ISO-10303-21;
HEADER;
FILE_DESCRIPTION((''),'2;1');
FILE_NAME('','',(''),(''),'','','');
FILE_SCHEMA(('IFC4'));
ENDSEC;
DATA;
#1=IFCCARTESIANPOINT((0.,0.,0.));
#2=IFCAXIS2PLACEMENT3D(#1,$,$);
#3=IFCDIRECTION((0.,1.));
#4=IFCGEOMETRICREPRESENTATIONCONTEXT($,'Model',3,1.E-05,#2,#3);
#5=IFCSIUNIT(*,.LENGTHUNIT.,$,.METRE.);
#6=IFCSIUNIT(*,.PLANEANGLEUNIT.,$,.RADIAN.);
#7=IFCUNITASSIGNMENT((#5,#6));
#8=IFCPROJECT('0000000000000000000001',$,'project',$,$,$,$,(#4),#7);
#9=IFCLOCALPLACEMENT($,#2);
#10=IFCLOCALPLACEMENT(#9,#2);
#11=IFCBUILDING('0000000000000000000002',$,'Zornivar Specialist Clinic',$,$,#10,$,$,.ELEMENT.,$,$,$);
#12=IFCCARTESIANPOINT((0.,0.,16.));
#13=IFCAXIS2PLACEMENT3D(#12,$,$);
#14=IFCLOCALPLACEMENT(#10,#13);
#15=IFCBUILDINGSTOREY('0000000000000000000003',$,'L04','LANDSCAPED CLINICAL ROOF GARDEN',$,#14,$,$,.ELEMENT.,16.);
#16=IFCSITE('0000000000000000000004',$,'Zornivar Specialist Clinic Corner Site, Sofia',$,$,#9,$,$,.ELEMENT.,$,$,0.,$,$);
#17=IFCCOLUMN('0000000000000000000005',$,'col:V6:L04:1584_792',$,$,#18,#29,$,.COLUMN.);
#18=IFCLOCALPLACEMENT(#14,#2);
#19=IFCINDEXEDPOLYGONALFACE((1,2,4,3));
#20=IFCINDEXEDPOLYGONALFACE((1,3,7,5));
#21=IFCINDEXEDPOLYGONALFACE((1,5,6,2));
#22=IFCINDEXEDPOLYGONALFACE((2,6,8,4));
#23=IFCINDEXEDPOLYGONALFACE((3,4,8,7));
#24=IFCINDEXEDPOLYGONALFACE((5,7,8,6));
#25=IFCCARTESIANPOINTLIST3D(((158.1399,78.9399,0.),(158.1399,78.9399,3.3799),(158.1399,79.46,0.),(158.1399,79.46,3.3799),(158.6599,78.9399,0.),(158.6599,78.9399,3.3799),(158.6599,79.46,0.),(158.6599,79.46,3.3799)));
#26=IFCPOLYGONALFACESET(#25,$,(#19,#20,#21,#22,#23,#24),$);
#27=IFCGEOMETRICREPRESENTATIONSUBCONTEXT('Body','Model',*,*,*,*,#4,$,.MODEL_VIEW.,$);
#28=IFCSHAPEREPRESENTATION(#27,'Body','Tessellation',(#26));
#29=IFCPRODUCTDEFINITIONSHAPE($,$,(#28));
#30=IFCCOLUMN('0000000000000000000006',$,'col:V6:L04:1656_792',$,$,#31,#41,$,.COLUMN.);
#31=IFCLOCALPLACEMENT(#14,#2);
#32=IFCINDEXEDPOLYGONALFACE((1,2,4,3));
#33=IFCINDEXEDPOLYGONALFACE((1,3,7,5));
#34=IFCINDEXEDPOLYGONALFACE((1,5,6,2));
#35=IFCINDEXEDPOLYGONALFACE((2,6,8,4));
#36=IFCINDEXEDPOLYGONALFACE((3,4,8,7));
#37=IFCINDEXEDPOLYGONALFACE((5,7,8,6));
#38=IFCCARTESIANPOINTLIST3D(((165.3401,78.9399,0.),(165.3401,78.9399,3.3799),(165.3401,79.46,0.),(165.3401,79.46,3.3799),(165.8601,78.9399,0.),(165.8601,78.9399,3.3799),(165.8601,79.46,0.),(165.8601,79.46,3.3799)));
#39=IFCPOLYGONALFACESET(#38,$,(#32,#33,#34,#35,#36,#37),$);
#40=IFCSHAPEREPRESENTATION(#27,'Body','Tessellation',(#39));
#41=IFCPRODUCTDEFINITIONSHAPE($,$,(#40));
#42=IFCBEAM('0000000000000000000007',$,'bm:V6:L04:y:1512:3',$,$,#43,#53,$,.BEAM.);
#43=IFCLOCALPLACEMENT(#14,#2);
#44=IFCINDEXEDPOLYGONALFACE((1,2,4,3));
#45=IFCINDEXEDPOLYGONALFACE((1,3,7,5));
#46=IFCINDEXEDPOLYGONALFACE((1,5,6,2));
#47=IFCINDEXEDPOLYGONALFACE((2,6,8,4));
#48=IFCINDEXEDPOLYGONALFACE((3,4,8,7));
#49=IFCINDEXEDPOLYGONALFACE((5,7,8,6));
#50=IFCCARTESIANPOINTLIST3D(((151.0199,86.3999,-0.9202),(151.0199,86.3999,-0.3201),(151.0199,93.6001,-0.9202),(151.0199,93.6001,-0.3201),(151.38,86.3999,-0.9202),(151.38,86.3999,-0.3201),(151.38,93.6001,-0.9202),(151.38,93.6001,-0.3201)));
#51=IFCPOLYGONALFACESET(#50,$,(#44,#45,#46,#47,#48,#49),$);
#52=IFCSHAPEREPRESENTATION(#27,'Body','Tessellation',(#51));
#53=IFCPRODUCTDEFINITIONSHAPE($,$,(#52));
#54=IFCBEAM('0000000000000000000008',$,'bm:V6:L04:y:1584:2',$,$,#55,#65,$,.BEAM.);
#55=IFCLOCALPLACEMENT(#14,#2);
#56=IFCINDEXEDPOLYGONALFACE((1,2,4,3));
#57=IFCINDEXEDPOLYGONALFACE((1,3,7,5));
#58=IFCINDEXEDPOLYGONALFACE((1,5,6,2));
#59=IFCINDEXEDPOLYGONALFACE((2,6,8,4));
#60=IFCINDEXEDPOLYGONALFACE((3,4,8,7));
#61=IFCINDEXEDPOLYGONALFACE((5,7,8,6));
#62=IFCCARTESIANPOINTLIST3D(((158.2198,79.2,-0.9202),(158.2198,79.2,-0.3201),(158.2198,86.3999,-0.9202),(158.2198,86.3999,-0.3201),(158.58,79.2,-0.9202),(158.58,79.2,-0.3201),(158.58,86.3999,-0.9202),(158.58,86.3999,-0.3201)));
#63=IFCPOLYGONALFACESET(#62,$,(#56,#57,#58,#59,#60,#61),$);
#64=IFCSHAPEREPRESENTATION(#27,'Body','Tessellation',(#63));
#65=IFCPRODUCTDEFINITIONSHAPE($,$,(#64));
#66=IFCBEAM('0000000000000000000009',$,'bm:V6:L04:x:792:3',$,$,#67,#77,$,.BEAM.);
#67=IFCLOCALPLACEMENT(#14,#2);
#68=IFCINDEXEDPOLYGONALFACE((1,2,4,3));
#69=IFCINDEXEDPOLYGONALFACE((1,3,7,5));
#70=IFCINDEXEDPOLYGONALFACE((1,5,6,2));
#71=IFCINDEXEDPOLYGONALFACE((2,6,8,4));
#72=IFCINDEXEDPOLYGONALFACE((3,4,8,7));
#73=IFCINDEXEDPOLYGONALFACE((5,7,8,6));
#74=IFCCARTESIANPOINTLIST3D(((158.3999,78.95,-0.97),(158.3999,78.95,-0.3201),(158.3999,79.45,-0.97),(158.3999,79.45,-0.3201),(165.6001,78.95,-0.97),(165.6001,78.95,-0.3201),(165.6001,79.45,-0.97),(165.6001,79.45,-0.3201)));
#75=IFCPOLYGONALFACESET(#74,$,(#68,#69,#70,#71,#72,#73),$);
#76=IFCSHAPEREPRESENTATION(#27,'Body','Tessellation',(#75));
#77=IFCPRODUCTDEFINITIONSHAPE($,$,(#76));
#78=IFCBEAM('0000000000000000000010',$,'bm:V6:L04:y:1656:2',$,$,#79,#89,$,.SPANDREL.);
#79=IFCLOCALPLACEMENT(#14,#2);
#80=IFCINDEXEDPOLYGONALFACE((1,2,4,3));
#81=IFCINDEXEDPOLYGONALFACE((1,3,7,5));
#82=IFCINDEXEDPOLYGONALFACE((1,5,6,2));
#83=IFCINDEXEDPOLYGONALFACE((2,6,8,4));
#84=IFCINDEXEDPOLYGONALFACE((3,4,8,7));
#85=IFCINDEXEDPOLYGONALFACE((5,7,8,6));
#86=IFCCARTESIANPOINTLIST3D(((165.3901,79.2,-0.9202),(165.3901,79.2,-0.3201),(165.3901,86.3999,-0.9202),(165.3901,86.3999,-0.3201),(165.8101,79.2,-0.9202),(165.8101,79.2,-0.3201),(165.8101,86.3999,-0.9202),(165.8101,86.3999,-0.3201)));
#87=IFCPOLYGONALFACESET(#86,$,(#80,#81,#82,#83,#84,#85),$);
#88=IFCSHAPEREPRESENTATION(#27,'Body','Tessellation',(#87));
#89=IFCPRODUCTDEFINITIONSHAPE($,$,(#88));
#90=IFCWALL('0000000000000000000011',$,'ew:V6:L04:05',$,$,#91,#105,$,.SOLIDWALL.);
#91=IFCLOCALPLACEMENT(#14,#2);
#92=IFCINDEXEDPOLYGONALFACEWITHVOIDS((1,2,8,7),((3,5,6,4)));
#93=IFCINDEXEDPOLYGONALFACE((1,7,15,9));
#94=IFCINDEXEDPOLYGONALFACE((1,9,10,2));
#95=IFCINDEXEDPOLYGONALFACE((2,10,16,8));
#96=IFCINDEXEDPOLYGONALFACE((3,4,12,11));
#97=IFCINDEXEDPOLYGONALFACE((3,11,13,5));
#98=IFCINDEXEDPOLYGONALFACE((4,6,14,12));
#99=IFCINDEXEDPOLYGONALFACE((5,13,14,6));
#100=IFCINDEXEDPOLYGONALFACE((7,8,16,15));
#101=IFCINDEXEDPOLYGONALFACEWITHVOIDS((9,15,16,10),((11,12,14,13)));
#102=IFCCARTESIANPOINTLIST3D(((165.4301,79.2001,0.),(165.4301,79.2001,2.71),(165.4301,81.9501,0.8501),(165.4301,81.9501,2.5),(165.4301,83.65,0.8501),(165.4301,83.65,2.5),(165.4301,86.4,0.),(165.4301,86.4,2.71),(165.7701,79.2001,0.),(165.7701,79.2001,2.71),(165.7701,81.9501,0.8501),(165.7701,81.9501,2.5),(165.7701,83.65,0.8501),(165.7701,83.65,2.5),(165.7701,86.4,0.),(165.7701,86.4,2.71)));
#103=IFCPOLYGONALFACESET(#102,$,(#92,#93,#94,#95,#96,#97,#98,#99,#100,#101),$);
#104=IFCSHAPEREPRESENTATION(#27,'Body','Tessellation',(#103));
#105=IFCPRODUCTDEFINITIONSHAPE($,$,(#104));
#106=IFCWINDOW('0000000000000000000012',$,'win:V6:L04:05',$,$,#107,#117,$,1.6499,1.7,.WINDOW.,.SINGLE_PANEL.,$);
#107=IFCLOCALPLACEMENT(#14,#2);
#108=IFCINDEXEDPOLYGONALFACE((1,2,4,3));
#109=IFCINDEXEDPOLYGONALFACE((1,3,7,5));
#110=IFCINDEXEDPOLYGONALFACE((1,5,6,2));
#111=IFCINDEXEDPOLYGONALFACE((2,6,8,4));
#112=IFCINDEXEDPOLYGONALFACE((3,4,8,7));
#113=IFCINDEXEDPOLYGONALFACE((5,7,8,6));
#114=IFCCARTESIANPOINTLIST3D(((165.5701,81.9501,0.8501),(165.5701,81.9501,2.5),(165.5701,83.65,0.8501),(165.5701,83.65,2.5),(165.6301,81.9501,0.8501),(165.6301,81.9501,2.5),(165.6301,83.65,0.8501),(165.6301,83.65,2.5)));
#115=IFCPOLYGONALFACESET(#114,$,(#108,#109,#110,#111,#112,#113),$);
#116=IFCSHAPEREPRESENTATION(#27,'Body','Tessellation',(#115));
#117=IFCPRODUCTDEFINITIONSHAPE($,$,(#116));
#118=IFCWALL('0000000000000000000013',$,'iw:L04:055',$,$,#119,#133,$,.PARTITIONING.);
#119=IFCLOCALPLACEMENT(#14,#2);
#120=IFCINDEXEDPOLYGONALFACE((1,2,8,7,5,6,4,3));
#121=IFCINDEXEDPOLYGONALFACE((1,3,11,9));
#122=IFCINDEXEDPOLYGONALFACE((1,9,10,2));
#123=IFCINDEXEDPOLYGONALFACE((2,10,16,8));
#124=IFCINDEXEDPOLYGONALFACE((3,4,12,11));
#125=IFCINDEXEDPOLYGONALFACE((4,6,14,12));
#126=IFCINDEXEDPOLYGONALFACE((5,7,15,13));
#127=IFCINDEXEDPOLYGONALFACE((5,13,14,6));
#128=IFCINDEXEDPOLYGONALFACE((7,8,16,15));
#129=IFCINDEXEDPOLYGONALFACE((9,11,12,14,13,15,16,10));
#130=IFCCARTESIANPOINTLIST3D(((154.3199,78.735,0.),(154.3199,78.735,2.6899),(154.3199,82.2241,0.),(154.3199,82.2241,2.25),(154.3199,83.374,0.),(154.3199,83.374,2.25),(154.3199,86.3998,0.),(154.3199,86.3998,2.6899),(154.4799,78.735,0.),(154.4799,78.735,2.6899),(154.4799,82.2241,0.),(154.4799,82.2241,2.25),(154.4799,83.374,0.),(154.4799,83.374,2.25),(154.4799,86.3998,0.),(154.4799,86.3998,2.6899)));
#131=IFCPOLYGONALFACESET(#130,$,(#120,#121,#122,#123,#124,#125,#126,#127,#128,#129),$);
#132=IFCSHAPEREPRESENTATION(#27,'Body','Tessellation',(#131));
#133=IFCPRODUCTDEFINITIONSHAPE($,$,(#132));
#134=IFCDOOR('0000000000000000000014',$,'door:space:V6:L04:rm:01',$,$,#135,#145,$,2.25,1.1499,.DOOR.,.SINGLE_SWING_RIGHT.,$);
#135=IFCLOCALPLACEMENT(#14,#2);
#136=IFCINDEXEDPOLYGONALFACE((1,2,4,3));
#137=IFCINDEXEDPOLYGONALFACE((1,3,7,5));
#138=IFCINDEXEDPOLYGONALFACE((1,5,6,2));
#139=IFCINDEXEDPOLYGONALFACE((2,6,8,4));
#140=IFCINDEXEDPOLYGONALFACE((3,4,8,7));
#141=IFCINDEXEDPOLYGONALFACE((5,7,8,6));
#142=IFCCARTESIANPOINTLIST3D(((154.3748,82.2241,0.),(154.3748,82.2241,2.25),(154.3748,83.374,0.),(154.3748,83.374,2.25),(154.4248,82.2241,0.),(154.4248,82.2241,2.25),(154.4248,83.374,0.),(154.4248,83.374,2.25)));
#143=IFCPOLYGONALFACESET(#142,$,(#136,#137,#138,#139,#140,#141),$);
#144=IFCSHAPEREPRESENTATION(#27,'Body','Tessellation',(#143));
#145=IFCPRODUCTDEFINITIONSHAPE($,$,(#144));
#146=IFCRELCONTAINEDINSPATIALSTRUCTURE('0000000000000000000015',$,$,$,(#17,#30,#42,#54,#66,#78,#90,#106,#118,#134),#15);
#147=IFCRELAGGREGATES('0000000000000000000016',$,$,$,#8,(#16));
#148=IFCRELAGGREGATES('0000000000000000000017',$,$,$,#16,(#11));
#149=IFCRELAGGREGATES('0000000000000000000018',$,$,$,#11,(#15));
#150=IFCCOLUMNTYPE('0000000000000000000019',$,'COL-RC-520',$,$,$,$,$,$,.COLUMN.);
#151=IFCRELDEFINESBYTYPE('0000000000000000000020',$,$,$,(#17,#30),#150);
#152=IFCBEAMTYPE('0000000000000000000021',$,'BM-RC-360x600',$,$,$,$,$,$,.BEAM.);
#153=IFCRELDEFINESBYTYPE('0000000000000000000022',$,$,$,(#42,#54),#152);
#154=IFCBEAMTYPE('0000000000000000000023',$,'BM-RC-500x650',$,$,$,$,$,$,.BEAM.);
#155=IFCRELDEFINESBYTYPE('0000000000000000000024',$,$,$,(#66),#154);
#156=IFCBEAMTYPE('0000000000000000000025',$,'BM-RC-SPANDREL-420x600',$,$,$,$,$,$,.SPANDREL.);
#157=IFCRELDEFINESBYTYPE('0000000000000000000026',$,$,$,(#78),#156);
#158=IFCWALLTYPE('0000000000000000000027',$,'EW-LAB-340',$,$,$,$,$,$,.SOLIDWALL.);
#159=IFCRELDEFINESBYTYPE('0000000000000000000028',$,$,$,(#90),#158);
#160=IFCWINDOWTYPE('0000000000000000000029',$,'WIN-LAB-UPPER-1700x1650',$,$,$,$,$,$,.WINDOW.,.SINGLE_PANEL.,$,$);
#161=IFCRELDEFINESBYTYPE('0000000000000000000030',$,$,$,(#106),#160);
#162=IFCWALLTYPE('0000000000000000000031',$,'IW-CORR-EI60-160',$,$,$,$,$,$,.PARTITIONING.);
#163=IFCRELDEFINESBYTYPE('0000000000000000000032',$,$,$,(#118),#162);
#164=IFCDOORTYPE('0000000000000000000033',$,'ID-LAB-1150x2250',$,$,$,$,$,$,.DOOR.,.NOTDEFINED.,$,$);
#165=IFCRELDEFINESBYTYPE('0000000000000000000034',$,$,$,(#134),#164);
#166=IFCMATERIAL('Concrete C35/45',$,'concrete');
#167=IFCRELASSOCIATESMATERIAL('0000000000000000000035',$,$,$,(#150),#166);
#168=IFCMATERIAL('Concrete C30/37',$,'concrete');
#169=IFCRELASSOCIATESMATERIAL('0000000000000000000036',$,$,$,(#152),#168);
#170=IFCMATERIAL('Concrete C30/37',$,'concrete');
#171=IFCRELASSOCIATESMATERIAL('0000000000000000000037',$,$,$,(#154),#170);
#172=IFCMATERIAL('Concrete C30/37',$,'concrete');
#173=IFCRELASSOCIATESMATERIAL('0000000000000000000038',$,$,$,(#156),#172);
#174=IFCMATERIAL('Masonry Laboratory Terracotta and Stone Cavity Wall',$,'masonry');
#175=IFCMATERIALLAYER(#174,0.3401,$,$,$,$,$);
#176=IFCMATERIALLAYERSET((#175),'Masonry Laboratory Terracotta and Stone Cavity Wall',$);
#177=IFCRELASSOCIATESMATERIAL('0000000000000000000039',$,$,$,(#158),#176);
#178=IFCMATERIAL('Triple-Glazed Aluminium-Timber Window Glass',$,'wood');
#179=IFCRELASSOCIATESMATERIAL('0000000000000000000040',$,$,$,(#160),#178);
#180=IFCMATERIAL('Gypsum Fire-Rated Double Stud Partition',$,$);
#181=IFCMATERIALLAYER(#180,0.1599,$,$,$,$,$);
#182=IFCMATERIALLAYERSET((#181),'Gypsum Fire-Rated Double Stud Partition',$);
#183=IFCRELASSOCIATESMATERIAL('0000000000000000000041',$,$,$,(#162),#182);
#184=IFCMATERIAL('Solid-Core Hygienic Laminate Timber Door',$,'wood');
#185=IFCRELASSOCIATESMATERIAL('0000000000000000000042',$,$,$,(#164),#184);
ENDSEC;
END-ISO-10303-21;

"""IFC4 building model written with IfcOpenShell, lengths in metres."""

from ifc_helpers import new_model, si_unit, direction, frame, frame_2d, origin, origin_2d, place, context, subcontext, project, spatial, rectangle, extrude, material, layer, layer_set, material_profile, profile_set, type_object, element, fill, save


model = new_model("IFC4")

# Units and contexts
model_context = context("Model", 3, precision=1e-05, world=origin(), true_north=direction((0.0, 1.0)))
body_context = subcontext(model_context, "Body", "Model", "MODEL_VIEW")
ifc_project = project(units=[si_unit("LENGTHUNIT", "METRE"), si_unit("PLANEANGLEUNIT", "RADIAN")], contexts=[model_context])

# Site, building, storey
site_placement = place(None, origin())
site = spatial("IfcSite", under=ifc_project, at=site_placement, Name="Zornivar Specialist Clinic Corner Site, Sofia", CompositionType="ELEMENT", RefElevation=0.0)
building_placement = place(site_placement, origin())
building = spatial("IfcBuilding", under=site, at=building_placement, Name="Zornivar Specialist Clinic", CompositionType="ELEMENT")
storey_placement = place(building_placement, frame((0.0, 0.0, 16.0)))
storey = spatial("IfcBuildingStorey", under=building, at=storey_placement, Name="L04", Description="LANDSCAPED CLINICAL ROOF GARDEN", CompositionType="ELEMENT", Elevation=16.0)

# Columns
ifc_material_1 = material(Name="Concrete C35/45", Category="concrete")
ifc_material_profile_1 = material_profile(ifc_material_1, rectangle(XDim=0.52, YDim=0.52, at=origin_2d()), Name="RC 520x520")
ifc_profile_set_1 = profile_set([ifc_material_profile_1], Name="Concrete C35/45")
column_type = type_object("IfcColumnType", Name="COL-RC-520", PredefinedType="COLUMN", material=ifc_profile_set_1)
for number, where, z_axis, x_axis, name in (
    (1, (158.3999, 79.2, 0.0), (0.0, 0.0, 1.0), (1.0, 0.0, 0.0), "col:V6:L04:1584_792"),
    (2, (165.6001, 79.2, 0.0), (0.0, 0.0, 1.0), (1.0, 0.0, 0.0), "col:V6:L04:1656_792"),
):
    element("IfcColumn", number, at=place(storey_placement, frame(where, z_axis=z_axis, x_axis=x_axis)), inside=storey, type_object=column_type, Name=name, PredefinedType="COLUMN", context=body_context, shape_type="SweptSolid", body=[
        extrude(rectangle(XDim=0.52, YDim=0.52, at=origin_2d()), origin(), (0.0, 0.0, 1.0), 3.3799),
    ])

# Beams
ifc_material_2 = material(Name="Concrete C30/37", Category="concrete")
ifc_material_profile_2 = material_profile(ifc_material_2, rectangle(XDim=0.3601, YDim=0.6001, at=origin_2d()), Name="RC 360x600")
ifc_profile_set_2 = profile_set([ifc_material_profile_2], Name="Concrete C30/37")
beam_type_1 = type_object("IfcBeamType", Name="BM-RC-360x600", PredefinedType="BEAM", material=ifc_profile_set_2)
beam_1_placement = place(storey_placement, frame((151.2, 86.3999, -0.6201), z_axis=(0.0, 1.0, 0.0), x_axis=(-1.0, 0.0, 0.0)))
element("IfcBeam", 3, at=beam_1_placement, inside=storey, type_object=beam_type_1, Name="bm:V6:L04:y:1512:3", PredefinedType="BEAM", context=body_context, shape_type="SweptSolid", body=[
    extrude(rectangle(XDim=0.3601, YDim=0.6001, at=origin_2d()), origin(), (0.0, 0.0, 1.0), 7.2002),
])
beam_2_placement = place(storey_placement, frame((158.3999, 79.2, -0.6201), z_axis=(0.0, 1.0, 0.0), x_axis=(-1.0, 0.0, 0.0)))
element("IfcBeam", 4, at=beam_2_placement, inside=storey, type_object=beam_type_1, Name="bm:V6:L04:y:1584:2", PredefinedType="BEAM", context=body_context, shape_type="SweptSolid", body=[
    extrude(rectangle(XDim=0.3601, YDim=0.6001, at=origin_2d()), origin(), (0.0, 0.0, 1.0), 7.2),
])
ifc_material_3 = material(Name="Concrete C30/37", Category="concrete")
ifc_material_profile_3 = material_profile(ifc_material_3, rectangle(XDim=0.5, YDim=0.6499, at=origin_2d()), Name="RC 500x650")
ifc_profile_set_3 = profile_set([ifc_material_profile_3], Name="Concrete C30/37")
beam_type_2 = type_object("IfcBeamType", Name="BM-RC-500x650", PredefinedType="BEAM", material=ifc_profile_set_3)
beam_3_placement = place(storey_placement, frame((158.3999, 79.2, -0.645), z_axis=(1.0, 0.0, 0.0), x_axis=(0.0, 1.0, 0.0)))
element("IfcBeam", 5, at=beam_3_placement, inside=storey, type_object=beam_type_2, Name="bm:V6:L04:x:792:3", PredefinedType="BEAM", context=body_context, shape_type="SweptSolid", body=[
    extrude(rectangle(XDim=0.5, YDim=0.6499, at=origin_2d()), origin(), (0.0, 0.0, 1.0), 7.2002),
])
ifc_material_4 = material(Name="Concrete C30/37", Category="concrete")
ifc_material_profile_4 = material_profile(ifc_material_4, rectangle(XDim=0.4199, YDim=0.6001, at=origin_2d()), Name="RC 420x600")
ifc_profile_set_4 = profile_set([ifc_material_profile_4], Name="Concrete C30/37")
beam_type_3 = type_object("IfcBeamType", Name="BM-RC-SPANDREL-420x600", PredefinedType="SPANDREL", material=ifc_profile_set_4)
beam_4_placement = place(storey_placement, frame((165.6001, 79.2, -0.6201), z_axis=(0.0, 1.0, 0.0), x_axis=(-1.0, 0.0, 0.0)))
element("IfcBeam", 6, at=beam_4_placement, inside=storey, type_object=beam_type_3, Name="bm:V6:L04:y:1656:2", PredefinedType="SPANDREL", context=body_context, shape_type="SweptSolid", body=[
    extrude(rectangle(XDim=0.4199, YDim=0.6001, at=origin_2d()), origin(), (0.0, 0.0, 1.0), 7.2),
])

# Wall, opening, window
ifc_material_5 = material(Name="Masonry Laboratory Terracotta and Stone Cavity Wall", Category="masonry")
ifc_layer_1 = layer(ifc_material_5, 0.3401)
ifc_layer_set_1 = layer_set([ifc_layer_1], Name="Masonry Laboratory Terracotta and Stone Cavity Wall")
wall_type_1 = type_object("IfcWallType", Name="EW-LAB-340", PredefinedType="SOLIDWALL", material=ifc_layer_set_1)
wall_1_placement = place(storey_placement, frame((165.6001, 79.2, 0.0), z_axis=(0.0, 0.0, 1.0), x_axis=(0.0, 1.0, 0.0)))
wall_1 = element("IfcWall", 7, at=wall_1_placement, inside=storey, type_object=wall_type_1, Name="ew:V6:L04:05", PredefinedType="SOLIDWALL", context=body_context, shape_type="SweptSolid", body=[
    extrude(rectangle(XDim=7.2, YDim=0.3401, at=frame_2d((3.6001, 0.0))), origin(), (0.0, 0.0, 1.0), 2.71),
])
opening_1_placement = place(wall_1_placement, frame((2.75, 0.0, 0.8501)))
opening_1 = element("IfcOpeningElement", 8, at=opening_1_placement, cuts=wall_1, PredefinedType="OPENING", context=body_context, shape_type="SweptSolid", body=[
    extrude(rectangle(XDim=1.7, YDim=1.6499, at=frame_2d((0.8501, 0.825))), frame((0.0, 0.1799, 0.0), z_axis=(0.0, -1.0, 0.0), x_axis=(1.0, 0.0, 0.0)), (0.0, 0.0, 1.0), 0.3601),
])
ifc_material_6 = material(Name="Triple-Glazed Aluminium-Timber Window Glass", Category="wood")
window_type = type_object("IfcWindowType", Name="WIN-LAB-UPPER-1700x1650", PartitioningType="SINGLE_PANEL", PredefinedType="WINDOW", material=ifc_material_6)
window_placement = place(opening_1_placement, origin())
window = element("IfcWindow", 9, at=window_placement, inside=storey, type_object=window_type, Name="win:V6:L04:05", OverallHeight=1.6499, OverallWidth=1.7, PartitioningType="SINGLE_PANEL", PredefinedType="WINDOW", context=body_context, shape_type="SweptSolid", body=[
    extrude(rectangle(XDim=1.7, YDim=1.6499, at=frame_2d((0.8501, 0.825))), frame((0.0, 0.03, 0.0), z_axis=(0.0, -1.0, 0.0), x_axis=(1.0, 0.0, 0.0)), (0.0, 0.0, 1.0), 0.0601),
])
fill(opening_1, window)

# Wall, opening, door
ifc_material_7 = material(Name="Gypsum Fire-Rated Double Stud Partition")
ifc_layer_2 = layer(ifc_material_7, 0.1599)
ifc_layer_set_2 = layer_set([ifc_layer_2], Name="Gypsum Fire-Rated Double Stud Partition")
wall_type_2 = type_object("IfcWallType", Name="IW-CORR-EI60-160", PredefinedType="PARTITIONING", material=ifc_layer_set_2)
wall_2_placement = place(storey_placement, frame((154.3999, 86.3999, 0.0), z_axis=(0.0, 0.0, 1.0), x_axis=(0.0, -1.0, 0.0)))
wall_2 = element("IfcWall", 10, at=wall_2_placement, inside=storey, type_object=wall_type_2, Name="iw:L04:055", PredefinedType="PARTITIONING", context=body_context, shape_type="SweptSolid", body=[
    extrude(rectangle(XDim=7.6648, YDim=0.1599, at=frame_2d((3.8325, 0.0))), origin(), (0.0, 0.0, 1.0), 2.6899),
])
opening_2_placement = place(wall_2_placement, frame((3.0259, 0.0, 0.0)))
opening_2 = element("IfcOpeningElement", 11, at=opening_2_placement, cuts=wall_2, PredefinedType="OPENING", context=body_context, shape_type="SweptSolid", body=[
    extrude(rectangle(XDim=1.1499, YDim=2.25, at=frame_2d((0.575, 1.125))), frame((0.0, 0.0898, 0.0), z_axis=(0.0, -1.0, 0.0), x_axis=(1.0, 0.0, 0.0)), (0.0, 0.0, 1.0), 0.1799),
])
ifc_material_8 = material(Name="Solid-Core Hygienic Laminate Timber Door", Category="wood")
door_type_1 = type_object("IfcDoorType", Name="ID-LAB-1150x2250", OperationType="NOTDEFINED", PredefinedType="DOOR", material=ifc_material_8)
door_1_placement = place(opening_2_placement, origin())
door_1 = element("IfcDoor", 12, at=door_1_placement, inside=storey, type_object=door_type_1, Name="door:space:V6:L04:rm:01", OperationType="SINGLE_SWING_RIGHT", OverallHeight=2.25, OverallWidth=1.1499, PredefinedType="DOOR", context=body_context, shape_type="SweptSolid", body=[
    extrude(rectangle(XDim=1.1499, YDim=2.25, at=frame_2d((0.575, 1.125))), frame((0.0, 0.0249, 0.0), z_axis=(0.0, -1.0, 0.0), x_axis=(1.0, 0.0, 0.0)), (0.0, 0.0, 1.0), 0.05),
])
fill(opening_2, door_1)

save(model, "model.ifc")
